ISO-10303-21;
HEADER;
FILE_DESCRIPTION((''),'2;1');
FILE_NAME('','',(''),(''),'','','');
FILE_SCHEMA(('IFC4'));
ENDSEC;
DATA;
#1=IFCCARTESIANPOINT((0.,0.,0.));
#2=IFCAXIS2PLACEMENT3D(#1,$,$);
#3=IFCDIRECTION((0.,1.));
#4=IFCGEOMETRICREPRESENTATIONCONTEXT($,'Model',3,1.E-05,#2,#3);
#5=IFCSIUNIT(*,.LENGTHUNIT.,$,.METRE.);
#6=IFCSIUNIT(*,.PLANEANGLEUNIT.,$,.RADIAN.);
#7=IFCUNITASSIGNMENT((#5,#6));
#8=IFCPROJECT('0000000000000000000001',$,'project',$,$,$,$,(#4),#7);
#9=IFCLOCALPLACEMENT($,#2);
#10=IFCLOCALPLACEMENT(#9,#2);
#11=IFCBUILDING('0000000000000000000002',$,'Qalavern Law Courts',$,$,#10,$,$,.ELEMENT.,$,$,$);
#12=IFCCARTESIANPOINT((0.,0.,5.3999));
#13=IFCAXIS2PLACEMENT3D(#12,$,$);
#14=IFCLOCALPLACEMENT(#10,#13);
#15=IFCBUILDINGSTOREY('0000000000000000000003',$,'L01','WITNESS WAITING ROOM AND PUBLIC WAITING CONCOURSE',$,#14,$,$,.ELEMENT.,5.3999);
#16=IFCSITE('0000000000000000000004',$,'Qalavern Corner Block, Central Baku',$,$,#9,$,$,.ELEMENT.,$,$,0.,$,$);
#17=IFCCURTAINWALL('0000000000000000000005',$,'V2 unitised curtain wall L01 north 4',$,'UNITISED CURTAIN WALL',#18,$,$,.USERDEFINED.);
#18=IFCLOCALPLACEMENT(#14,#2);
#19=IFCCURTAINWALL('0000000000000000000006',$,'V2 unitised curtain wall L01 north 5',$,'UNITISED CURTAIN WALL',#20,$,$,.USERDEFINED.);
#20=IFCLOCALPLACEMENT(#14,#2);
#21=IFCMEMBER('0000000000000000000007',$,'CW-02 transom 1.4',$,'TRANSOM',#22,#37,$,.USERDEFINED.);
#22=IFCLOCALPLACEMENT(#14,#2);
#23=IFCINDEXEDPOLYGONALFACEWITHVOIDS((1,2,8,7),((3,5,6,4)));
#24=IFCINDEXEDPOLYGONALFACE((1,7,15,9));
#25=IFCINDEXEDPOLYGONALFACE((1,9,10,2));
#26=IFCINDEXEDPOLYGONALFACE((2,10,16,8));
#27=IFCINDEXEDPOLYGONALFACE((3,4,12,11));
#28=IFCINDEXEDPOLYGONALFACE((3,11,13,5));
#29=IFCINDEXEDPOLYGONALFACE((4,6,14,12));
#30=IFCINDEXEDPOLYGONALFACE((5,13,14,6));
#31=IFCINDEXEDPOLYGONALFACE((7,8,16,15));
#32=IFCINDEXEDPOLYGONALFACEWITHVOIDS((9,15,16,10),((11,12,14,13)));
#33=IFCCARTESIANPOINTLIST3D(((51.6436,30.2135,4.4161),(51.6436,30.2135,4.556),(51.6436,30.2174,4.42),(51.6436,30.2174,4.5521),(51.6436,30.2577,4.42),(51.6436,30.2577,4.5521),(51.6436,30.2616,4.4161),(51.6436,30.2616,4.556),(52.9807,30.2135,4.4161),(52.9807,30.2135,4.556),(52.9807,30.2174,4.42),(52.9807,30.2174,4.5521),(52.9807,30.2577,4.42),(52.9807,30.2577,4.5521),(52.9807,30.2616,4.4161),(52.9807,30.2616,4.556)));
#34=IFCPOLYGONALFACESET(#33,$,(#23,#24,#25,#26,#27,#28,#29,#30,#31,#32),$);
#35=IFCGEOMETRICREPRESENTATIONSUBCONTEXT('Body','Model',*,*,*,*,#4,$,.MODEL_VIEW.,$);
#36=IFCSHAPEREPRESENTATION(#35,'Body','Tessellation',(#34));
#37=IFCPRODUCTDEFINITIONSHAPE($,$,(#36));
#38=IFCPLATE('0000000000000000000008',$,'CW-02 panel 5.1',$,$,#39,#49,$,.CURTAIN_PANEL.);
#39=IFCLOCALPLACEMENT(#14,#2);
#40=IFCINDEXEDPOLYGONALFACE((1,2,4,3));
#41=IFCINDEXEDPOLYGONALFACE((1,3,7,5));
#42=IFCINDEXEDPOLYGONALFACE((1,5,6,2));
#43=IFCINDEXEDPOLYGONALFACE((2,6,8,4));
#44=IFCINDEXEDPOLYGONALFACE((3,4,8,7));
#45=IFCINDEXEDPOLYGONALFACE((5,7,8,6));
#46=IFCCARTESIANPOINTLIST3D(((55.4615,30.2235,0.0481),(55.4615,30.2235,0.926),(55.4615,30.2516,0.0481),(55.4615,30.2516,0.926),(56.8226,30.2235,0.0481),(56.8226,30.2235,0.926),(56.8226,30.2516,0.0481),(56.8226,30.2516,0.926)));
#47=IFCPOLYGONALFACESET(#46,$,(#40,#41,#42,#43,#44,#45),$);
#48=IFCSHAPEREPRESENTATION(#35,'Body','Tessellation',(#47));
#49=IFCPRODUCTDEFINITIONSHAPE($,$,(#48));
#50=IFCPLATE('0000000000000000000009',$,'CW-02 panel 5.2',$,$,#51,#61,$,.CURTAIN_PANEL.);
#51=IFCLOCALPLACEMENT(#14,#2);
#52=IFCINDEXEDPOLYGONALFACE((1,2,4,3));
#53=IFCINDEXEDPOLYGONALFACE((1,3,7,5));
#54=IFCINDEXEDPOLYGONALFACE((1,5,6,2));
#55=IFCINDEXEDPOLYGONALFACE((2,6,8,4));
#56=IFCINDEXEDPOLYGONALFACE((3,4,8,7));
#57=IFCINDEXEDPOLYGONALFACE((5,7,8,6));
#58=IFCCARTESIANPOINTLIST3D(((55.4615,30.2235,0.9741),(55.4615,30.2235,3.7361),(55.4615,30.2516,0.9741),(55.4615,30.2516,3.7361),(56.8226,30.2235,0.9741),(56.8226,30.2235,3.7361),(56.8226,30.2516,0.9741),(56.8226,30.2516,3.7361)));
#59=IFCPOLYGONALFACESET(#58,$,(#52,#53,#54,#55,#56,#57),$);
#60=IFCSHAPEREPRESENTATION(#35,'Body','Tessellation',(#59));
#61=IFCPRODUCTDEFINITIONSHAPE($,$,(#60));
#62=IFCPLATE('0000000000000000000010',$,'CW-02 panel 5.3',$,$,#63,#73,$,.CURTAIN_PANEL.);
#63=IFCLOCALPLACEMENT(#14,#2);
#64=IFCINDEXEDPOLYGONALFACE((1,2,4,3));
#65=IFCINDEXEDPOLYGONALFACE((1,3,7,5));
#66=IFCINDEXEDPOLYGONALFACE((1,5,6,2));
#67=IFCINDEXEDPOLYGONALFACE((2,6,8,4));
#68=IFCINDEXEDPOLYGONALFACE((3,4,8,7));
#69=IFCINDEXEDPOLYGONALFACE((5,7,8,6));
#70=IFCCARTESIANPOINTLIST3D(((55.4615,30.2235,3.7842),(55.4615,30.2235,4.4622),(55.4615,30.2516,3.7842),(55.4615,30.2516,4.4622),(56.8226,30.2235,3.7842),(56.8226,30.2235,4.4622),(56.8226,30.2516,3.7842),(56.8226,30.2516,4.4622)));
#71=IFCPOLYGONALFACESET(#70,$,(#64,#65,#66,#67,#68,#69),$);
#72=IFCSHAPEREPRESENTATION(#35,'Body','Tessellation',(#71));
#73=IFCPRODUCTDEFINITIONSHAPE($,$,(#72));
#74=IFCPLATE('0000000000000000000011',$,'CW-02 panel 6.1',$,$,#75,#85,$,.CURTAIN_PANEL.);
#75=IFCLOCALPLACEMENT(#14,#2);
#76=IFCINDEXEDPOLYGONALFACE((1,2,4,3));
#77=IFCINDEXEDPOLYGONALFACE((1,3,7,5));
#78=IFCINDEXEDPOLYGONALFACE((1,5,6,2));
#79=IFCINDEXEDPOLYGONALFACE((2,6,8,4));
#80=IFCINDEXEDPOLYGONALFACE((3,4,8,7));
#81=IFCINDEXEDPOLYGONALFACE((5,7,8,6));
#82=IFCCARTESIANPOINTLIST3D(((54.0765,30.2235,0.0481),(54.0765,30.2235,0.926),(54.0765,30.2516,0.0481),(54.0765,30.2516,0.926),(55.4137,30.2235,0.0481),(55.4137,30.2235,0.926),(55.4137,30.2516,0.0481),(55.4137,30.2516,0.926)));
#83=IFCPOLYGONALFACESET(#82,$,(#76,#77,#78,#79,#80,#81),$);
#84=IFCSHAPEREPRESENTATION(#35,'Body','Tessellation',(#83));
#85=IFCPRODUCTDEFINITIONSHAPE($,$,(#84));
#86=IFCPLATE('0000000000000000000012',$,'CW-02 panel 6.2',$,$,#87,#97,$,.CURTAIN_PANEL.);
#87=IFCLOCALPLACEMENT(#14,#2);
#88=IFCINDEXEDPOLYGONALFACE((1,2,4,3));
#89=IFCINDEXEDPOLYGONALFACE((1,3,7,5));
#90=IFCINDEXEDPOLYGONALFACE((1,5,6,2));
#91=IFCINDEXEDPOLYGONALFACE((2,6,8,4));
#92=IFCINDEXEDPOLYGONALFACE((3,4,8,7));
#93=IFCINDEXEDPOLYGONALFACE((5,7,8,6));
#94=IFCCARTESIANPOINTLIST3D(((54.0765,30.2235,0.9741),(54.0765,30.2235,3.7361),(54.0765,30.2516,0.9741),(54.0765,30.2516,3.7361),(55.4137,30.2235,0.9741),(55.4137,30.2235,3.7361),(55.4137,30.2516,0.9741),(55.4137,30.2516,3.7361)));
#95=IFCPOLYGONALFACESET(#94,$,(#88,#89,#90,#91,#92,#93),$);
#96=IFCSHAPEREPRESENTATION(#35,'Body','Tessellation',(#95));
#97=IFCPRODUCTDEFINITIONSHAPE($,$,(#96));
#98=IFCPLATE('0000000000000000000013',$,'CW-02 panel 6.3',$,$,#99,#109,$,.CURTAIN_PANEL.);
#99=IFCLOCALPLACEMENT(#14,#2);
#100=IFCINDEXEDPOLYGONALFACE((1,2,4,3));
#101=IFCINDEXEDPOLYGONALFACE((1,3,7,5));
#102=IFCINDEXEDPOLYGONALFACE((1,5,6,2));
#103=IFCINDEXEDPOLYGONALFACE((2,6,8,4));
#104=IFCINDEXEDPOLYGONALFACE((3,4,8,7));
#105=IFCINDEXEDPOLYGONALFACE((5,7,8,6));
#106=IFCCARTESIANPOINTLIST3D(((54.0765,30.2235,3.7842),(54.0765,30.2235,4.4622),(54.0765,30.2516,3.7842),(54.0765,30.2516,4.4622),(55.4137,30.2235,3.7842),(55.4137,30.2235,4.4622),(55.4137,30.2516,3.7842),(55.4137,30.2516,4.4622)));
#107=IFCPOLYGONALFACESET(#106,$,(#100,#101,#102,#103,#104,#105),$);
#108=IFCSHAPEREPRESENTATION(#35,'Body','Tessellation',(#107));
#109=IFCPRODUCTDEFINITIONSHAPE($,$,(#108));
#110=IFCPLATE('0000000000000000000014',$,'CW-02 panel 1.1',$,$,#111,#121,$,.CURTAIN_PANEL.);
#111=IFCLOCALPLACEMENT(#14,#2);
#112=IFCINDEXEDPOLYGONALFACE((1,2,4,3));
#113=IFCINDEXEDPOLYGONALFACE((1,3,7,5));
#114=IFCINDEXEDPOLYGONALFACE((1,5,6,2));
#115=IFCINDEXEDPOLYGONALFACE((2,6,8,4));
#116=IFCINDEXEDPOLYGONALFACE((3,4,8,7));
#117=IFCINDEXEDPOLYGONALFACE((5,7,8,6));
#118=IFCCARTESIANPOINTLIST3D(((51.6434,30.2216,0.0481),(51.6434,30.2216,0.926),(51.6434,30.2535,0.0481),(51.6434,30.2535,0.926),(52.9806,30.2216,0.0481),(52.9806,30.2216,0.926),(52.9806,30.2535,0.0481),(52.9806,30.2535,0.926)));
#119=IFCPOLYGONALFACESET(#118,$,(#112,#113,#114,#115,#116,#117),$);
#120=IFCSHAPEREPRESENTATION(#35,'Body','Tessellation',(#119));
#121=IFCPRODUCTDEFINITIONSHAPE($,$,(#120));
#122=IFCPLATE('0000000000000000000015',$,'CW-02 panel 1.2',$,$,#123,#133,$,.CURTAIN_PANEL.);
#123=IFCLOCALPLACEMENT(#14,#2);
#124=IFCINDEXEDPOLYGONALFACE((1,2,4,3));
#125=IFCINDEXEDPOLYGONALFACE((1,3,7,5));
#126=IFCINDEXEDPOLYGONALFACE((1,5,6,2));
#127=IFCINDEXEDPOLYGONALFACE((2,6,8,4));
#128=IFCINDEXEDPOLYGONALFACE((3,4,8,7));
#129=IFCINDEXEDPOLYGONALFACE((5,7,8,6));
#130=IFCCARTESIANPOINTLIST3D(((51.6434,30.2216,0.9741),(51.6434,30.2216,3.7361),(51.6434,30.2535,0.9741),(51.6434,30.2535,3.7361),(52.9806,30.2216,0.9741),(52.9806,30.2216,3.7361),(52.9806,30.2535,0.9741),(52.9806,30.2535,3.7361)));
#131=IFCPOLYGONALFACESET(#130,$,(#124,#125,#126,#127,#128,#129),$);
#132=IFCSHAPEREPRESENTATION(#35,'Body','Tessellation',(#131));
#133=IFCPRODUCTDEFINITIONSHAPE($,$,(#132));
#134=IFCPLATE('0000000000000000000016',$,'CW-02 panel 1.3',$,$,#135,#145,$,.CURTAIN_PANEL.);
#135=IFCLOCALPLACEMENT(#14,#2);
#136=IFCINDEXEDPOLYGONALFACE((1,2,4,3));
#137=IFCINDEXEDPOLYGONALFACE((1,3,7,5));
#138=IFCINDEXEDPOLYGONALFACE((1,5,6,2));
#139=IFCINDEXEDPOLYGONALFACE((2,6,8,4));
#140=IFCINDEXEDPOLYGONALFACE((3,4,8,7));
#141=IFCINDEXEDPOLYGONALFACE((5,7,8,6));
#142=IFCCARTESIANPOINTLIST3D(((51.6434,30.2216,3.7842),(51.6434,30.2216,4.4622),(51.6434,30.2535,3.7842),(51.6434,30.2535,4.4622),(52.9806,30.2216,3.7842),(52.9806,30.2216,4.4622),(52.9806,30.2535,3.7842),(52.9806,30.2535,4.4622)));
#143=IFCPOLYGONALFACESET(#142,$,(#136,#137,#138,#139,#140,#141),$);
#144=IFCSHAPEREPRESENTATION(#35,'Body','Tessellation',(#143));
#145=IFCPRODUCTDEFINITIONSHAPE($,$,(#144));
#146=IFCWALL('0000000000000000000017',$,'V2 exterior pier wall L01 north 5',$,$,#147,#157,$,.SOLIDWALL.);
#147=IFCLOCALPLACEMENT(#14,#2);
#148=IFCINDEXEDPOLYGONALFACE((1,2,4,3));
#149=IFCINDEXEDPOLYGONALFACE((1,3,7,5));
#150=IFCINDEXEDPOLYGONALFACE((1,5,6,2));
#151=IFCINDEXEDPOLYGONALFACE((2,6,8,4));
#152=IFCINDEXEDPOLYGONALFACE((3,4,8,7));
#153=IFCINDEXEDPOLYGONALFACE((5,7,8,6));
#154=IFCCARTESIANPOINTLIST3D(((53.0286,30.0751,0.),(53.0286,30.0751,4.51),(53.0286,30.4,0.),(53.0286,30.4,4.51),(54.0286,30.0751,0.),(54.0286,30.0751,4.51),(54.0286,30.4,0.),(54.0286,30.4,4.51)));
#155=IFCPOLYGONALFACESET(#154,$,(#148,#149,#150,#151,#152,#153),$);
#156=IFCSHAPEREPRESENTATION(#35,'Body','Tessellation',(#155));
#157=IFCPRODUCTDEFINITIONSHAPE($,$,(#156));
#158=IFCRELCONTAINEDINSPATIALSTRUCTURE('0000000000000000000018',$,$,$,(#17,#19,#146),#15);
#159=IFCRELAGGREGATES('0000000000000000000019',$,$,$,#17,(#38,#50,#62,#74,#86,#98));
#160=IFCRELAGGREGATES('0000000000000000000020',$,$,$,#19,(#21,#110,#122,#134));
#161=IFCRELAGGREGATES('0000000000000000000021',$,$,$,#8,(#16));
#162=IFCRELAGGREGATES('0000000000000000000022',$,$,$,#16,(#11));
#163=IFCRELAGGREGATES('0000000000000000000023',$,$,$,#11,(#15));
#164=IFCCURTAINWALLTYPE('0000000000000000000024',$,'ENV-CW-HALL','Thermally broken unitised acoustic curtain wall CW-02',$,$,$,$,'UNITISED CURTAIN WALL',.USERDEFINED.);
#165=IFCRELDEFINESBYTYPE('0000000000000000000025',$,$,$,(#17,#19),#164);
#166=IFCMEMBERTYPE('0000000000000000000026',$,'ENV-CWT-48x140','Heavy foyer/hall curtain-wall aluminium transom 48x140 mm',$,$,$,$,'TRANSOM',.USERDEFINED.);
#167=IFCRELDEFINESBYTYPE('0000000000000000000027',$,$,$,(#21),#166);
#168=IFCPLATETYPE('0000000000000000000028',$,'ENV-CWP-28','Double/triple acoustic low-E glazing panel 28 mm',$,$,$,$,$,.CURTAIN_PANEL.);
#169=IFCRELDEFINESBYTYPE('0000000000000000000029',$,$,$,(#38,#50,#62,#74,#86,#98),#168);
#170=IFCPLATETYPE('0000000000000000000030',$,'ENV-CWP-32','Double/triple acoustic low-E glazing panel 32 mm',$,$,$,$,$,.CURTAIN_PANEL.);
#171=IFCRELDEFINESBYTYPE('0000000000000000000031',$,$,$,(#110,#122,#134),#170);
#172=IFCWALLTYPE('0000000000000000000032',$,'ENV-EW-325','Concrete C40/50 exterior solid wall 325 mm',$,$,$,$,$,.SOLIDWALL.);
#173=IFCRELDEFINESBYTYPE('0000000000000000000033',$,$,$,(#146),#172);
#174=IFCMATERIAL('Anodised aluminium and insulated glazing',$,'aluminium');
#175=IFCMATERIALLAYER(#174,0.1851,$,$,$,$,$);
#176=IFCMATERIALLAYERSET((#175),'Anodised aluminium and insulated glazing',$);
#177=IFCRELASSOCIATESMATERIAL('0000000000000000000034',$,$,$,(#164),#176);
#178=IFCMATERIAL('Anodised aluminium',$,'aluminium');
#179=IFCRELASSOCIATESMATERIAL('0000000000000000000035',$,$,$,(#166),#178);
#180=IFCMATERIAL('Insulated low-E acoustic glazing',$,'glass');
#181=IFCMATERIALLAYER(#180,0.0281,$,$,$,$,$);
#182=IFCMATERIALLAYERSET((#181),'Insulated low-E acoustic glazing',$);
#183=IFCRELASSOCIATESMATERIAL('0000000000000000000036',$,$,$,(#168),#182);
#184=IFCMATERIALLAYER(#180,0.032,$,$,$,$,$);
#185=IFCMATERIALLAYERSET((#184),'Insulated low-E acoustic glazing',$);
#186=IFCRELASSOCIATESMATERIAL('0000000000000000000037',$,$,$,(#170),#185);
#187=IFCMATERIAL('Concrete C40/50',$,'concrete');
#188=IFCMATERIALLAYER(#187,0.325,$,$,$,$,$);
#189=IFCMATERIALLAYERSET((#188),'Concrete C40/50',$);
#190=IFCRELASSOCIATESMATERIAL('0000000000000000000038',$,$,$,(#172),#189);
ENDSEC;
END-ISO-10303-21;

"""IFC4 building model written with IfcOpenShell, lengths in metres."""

from ifc_helpers import new_model, si_unit, direction, frame, frame_2d, origin, origin_2d, place, context, subcontext, project, spatial, rectangle, hollow_rectangle, extrude, material, layer, layer_set, material_profile, profile_set, type_object, element, aggregate, save


model = new_model("IFC4")

# Units and contexts
model_context = context("Model", 3, precision=1e-05, world=origin(), true_north=direction((0.0, 1.0)))
body_context = subcontext(model_context, "Body", "Model", "MODEL_VIEW")
ifc_project = project(units=[si_unit("LENGTHUNIT", "METRE"), si_unit("PLANEANGLEUNIT", "RADIAN")], contexts=[model_context])

# Site, building, storey
site_placement = place(None, origin())
site = spatial("IfcSite", under=ifc_project, at=site_placement, Name="Qalavern Corner Block, Central Baku", CompositionType="ELEMENT", RefElevation=0.0)
building_placement = place(site_placement, origin())
building = spatial("IfcBuilding", under=site, at=building_placement, Name="Qalavern Law Courts", CompositionType="ELEMENT")
storey_placement = place(building_placement, frame((0.0, 0.0, 5.3999)))
storey = spatial("IfcBuildingStorey", under=building, at=storey_placement, Name="L01", Description="WITNESS WAITING ROOM AND PUBLIC WAITING CONCOURSE", CompositionType="ELEMENT", Elevation=5.3999)

# Curtain wall
ifc_material_1 = material(Name="Anodised aluminium and insulated glazing", Category="aluminium")
ifc_layer_1 = layer(ifc_material_1, 0.1851)
ifc_layer_set_1 = layer_set([ifc_layer_1], Name="Anodised aluminium and insulated glazing")
curtain_wall_type = type_object("IfcCurtainWallType", Name="ENV-CW-HALL", Description="Thermally broken unitised acoustic curtain wall CW-02", ElementType="UNITISED CURTAIN WALL", PredefinedType="USERDEFINED", material=ifc_layer_set_1)
curtain_wall_1_placement = place(storey_placement, origin())
curtain_wall_1 = element("IfcCurtainWall", 1, at=curtain_wall_1_placement, inside=storey, type_object=curtain_wall_type, Name="V2 unitised curtain wall L01 north 4", ObjectType="UNITISED CURTAIN WALL", PredefinedType="USERDEFINED")
ifc_material_2 = material(Name="Anodised aluminium", Category="aluminium")

# Curtain wall
curtain_wall_2_placement = place(storey_placement, origin())
curtain_wall_2 = element("IfcCurtainWall", 2, at=curtain_wall_2_placement, inside=storey, type_object=curtain_wall_type, Name="V2 unitised curtain wall L01 north 5", ObjectType="UNITISED CURTAIN WALL", PredefinedType="USERDEFINED")

# Member
ifc_material_profile_1 = material_profile(ifc_material_2, hollow_rectangle(XDim=0.0481, YDim=0.1399, WallThickness=0.0039, at=origin_2d()), Name="ALU TRANSOM 48x140")
ifc_profile_set_1 = profile_set([ifc_material_profile_1], Name="Anodised aluminium")
member_type_1 = type_object("IfcMemberType", Name="ENV-CWT-48x140", Description="Heavy foyer/hall curtain-wall aluminium transom 48x140 mm", ElementType="TRANSOM", PredefinedType="USERDEFINED", material=ifc_profile_set_1)
member_1_placement = place(storey_placement, frame((52.9807, 30.2375, 4.4861), z_axis=(-1.0, 0.0, 0.0), x_axis=(0.0, -1.0, 0.0)))
member_1 = element("IfcMember", 3, at=member_1_placement, type_object=member_type_1, Name="CW-02 transom 1.4", ObjectType="TRANSOM", PredefinedType="USERDEFINED", context=body_context, shape_type="SweptSolid", body=[
    extrude(hollow_rectangle(XDim=0.0481, YDim=0.1399, WallThickness=0.0039, at=origin_2d()), origin(), (0.0, 0.0, 1.0), 1.3372),
])

# Plates
ifc_material_3 = material(Name="Insulated low-E acoustic glazing", Category="glass")
ifc_layer_2 = layer(ifc_material_3, 0.0281)
ifc_layer_set_2 = layer_set([ifc_layer_2], Name="Insulated low-E acoustic glazing")
plate_type_1 = type_object("IfcPlateType", Name="ENV-CWP-28", Description="Double/triple acoustic low-E glazing panel 28 mm", PredefinedType="CURTAIN_PANEL", material=ifc_layer_set_2)
plate_1_placement = place(storey_placement, frame((56.1421, 30.2375, 0.0481), z_axis=(0.0, 0.0, 1.0), x_axis=(-1.0, 0.0, 0.0)))
plate_1 = element("IfcPlate", 4, at=plate_1_placement, type_object=plate_type_1, Name="CW-02 panel 5.1", PredefinedType="CURTAIN_PANEL", context=body_context, shape_type="SweptSolid", body=[
    extrude(rectangle(XDim=1.3611, YDim=0.0281, at=origin_2d()), origin(), (0.0, 0.0, 1.0), 0.8779),
])
plate_2_placement = place(storey_placement, frame((56.1421, 30.2375, 0.9741), z_axis=(0.0, 0.0, 1.0), x_axis=(-1.0, 0.0, 0.0)))
plate_2 = element("IfcPlate", 5, at=plate_2_placement, type_object=plate_type_1, Name="CW-02 panel 5.2", PredefinedType="CURTAIN_PANEL", context=body_context, shape_type="SweptSolid", body=[
    extrude(rectangle(XDim=1.3611, YDim=0.0281, at=origin_2d()), origin(), (0.0, 0.0, 1.0), 2.762),
])
plate_3_placement = place(storey_placement, frame((56.1421, 30.2375, 3.7842), z_axis=(0.0, 0.0, 1.0), x_axis=(-1.0, 0.0, 0.0)))
plate_3 = element("IfcPlate", 6, at=plate_3_placement, type_object=plate_type_1, Name="CW-02 panel 5.3", PredefinedType="CURTAIN_PANEL", context=body_context, shape_type="SweptSolid", body=[
    extrude(rectangle(XDim=1.3611, YDim=0.0281, at=origin_2d()), origin(), (0.0, 0.0, 1.0), 0.678),
])
plate_4_placement = place(storey_placement, frame((54.7451, 30.2375, 0.0481), z_axis=(0.0, 0.0, 1.0), x_axis=(-1.0, 0.0, 0.0)))
plate_4 = element("IfcPlate", 7, at=plate_4_placement, type_object=plate_type_1, Name="CW-02 panel 6.1", PredefinedType="CURTAIN_PANEL", context=body_context, shape_type="SweptSolid", body=[
    extrude(rectangle(XDim=1.3372, YDim=0.0281, at=origin_2d()), origin(), (0.0, 0.0, 1.0), 0.8779),
])
plate_5_placement = place(storey_placement, frame((54.7451, 30.2375, 0.9741), z_axis=(0.0, 0.0, 1.0), x_axis=(-1.0, 0.0, 0.0)))
plate_5 = element("IfcPlate", 8, at=plate_5_placement, type_object=plate_type_1, Name="CW-02 panel 6.2", PredefinedType="CURTAIN_PANEL", context=body_context, shape_type="SweptSolid", body=[
    extrude(rectangle(XDim=1.3372, YDim=0.0281, at=origin_2d()), origin(), (0.0, 0.0, 1.0), 2.762),
])
plate_6_placement = place(storey_placement, frame((54.7451, 30.2375, 3.7842), z_axis=(0.0, 0.0, 1.0), x_axis=(-1.0, 0.0, 0.0)))
plate_6 = element("IfcPlate", 9, at=plate_6_placement, type_object=plate_type_1, Name="CW-02 panel 6.3", PredefinedType="CURTAIN_PANEL", context=body_context, shape_type="SweptSolid", body=[
    extrude(rectangle(XDim=1.3372, YDim=0.0281, at=origin_2d()), origin(), (0.0, 0.0, 1.0), 0.678),
])
aggregate(curtain_wall_1, [plate_1, plate_2, plate_3, plate_4, plate_5, plate_6])
ifc_layer_3 = layer(ifc_material_3, 0.032)
ifc_layer_set_3 = layer_set([ifc_layer_3], Name="Insulated low-E acoustic glazing")
plate_type_2 = type_object("IfcPlateType", Name="ENV-CWP-32", Description="Double/triple acoustic low-E glazing panel 32 mm", PredefinedType="CURTAIN_PANEL", material=ifc_layer_set_3)
plate_7_placement = place(storey_placement, frame((52.312, 30.2375, 0.0481), z_axis=(0.0, 0.0, 1.0), x_axis=(-1.0, 0.0, 0.0)))
plate_7 = element("IfcPlate", 10, at=plate_7_placement, type_object=plate_type_2, Name="CW-02 panel 1.1", PredefinedType="CURTAIN_PANEL", context=body_context, shape_type="SweptSolid", body=[
    extrude(rectangle(XDim=1.3372, YDim=0.032, at=origin_2d()), origin(), (0.0, 0.0, 1.0), 0.8779),
])
plate_8_placement = place(storey_placement, frame((52.312, 30.2375, 0.9741), z_axis=(0.0, 0.0, 1.0), x_axis=(-1.0, 0.0, 0.0)))
plate_8 = element("IfcPlate", 11, at=plate_8_placement, type_object=plate_type_2, Name="CW-02 panel 1.2", PredefinedType="CURTAIN_PANEL", context=body_context, shape_type="SweptSolid", body=[
    extrude(rectangle(XDim=1.3372, YDim=0.032, at=origin_2d()), origin(), (0.0, 0.0, 1.0), 2.762),
])
plate_9_placement = place(storey_placement, frame((52.312, 30.2375, 3.7842), z_axis=(0.0, 0.0, 1.0), x_axis=(-1.0, 0.0, 0.0)))
plate_9 = element("IfcPlate", 12, at=plate_9_placement, type_object=plate_type_2, Name="CW-02 panel 1.3", PredefinedType="CURTAIN_PANEL", context=body_context, shape_type="SweptSolid", body=[
    extrude(rectangle(XDim=1.3372, YDim=0.032, at=origin_2d()), origin(), (0.0, 0.0, 1.0), 0.678),
])
aggregate(curtain_wall_2, [member_1, plate_7, plate_8, plate_9])

# Wall
ifc_material_4 = material(Name="Concrete C40/50", Category="concrete")
ifc_layer_4 = layer(ifc_material_4, 0.325)
ifc_layer_set_4 = layer_set([ifc_layer_4], Name="Concrete C40/50")
wall_type = type_object("IfcWallType", Name="ENV-EW-325", Description="Concrete C40/50 exterior solid wall 325 mm", PredefinedType="SOLIDWALL", material=ifc_layer_set_4)
wall_placement = place(storey_placement, frame((54.0286, 30.2375, 0.0), z_axis=(0.0, 0.0, 1.0), x_axis=(-1.0, 0.0, 0.0)))
element("IfcWall", 13, at=wall_placement, inside=storey, type_object=wall_type, Name="V2 exterior pier wall L01 north 5", PredefinedType="SOLIDWALL", context=body_context, shape_type="SweptSolid", body=[
    extrude(rectangle(XDim=1.0, YDim=0.325, at=frame_2d((0.5, 0.0))), origin(), (0.0, 0.0, 1.0), 4.51),
])

save(model, "model.ifc")
